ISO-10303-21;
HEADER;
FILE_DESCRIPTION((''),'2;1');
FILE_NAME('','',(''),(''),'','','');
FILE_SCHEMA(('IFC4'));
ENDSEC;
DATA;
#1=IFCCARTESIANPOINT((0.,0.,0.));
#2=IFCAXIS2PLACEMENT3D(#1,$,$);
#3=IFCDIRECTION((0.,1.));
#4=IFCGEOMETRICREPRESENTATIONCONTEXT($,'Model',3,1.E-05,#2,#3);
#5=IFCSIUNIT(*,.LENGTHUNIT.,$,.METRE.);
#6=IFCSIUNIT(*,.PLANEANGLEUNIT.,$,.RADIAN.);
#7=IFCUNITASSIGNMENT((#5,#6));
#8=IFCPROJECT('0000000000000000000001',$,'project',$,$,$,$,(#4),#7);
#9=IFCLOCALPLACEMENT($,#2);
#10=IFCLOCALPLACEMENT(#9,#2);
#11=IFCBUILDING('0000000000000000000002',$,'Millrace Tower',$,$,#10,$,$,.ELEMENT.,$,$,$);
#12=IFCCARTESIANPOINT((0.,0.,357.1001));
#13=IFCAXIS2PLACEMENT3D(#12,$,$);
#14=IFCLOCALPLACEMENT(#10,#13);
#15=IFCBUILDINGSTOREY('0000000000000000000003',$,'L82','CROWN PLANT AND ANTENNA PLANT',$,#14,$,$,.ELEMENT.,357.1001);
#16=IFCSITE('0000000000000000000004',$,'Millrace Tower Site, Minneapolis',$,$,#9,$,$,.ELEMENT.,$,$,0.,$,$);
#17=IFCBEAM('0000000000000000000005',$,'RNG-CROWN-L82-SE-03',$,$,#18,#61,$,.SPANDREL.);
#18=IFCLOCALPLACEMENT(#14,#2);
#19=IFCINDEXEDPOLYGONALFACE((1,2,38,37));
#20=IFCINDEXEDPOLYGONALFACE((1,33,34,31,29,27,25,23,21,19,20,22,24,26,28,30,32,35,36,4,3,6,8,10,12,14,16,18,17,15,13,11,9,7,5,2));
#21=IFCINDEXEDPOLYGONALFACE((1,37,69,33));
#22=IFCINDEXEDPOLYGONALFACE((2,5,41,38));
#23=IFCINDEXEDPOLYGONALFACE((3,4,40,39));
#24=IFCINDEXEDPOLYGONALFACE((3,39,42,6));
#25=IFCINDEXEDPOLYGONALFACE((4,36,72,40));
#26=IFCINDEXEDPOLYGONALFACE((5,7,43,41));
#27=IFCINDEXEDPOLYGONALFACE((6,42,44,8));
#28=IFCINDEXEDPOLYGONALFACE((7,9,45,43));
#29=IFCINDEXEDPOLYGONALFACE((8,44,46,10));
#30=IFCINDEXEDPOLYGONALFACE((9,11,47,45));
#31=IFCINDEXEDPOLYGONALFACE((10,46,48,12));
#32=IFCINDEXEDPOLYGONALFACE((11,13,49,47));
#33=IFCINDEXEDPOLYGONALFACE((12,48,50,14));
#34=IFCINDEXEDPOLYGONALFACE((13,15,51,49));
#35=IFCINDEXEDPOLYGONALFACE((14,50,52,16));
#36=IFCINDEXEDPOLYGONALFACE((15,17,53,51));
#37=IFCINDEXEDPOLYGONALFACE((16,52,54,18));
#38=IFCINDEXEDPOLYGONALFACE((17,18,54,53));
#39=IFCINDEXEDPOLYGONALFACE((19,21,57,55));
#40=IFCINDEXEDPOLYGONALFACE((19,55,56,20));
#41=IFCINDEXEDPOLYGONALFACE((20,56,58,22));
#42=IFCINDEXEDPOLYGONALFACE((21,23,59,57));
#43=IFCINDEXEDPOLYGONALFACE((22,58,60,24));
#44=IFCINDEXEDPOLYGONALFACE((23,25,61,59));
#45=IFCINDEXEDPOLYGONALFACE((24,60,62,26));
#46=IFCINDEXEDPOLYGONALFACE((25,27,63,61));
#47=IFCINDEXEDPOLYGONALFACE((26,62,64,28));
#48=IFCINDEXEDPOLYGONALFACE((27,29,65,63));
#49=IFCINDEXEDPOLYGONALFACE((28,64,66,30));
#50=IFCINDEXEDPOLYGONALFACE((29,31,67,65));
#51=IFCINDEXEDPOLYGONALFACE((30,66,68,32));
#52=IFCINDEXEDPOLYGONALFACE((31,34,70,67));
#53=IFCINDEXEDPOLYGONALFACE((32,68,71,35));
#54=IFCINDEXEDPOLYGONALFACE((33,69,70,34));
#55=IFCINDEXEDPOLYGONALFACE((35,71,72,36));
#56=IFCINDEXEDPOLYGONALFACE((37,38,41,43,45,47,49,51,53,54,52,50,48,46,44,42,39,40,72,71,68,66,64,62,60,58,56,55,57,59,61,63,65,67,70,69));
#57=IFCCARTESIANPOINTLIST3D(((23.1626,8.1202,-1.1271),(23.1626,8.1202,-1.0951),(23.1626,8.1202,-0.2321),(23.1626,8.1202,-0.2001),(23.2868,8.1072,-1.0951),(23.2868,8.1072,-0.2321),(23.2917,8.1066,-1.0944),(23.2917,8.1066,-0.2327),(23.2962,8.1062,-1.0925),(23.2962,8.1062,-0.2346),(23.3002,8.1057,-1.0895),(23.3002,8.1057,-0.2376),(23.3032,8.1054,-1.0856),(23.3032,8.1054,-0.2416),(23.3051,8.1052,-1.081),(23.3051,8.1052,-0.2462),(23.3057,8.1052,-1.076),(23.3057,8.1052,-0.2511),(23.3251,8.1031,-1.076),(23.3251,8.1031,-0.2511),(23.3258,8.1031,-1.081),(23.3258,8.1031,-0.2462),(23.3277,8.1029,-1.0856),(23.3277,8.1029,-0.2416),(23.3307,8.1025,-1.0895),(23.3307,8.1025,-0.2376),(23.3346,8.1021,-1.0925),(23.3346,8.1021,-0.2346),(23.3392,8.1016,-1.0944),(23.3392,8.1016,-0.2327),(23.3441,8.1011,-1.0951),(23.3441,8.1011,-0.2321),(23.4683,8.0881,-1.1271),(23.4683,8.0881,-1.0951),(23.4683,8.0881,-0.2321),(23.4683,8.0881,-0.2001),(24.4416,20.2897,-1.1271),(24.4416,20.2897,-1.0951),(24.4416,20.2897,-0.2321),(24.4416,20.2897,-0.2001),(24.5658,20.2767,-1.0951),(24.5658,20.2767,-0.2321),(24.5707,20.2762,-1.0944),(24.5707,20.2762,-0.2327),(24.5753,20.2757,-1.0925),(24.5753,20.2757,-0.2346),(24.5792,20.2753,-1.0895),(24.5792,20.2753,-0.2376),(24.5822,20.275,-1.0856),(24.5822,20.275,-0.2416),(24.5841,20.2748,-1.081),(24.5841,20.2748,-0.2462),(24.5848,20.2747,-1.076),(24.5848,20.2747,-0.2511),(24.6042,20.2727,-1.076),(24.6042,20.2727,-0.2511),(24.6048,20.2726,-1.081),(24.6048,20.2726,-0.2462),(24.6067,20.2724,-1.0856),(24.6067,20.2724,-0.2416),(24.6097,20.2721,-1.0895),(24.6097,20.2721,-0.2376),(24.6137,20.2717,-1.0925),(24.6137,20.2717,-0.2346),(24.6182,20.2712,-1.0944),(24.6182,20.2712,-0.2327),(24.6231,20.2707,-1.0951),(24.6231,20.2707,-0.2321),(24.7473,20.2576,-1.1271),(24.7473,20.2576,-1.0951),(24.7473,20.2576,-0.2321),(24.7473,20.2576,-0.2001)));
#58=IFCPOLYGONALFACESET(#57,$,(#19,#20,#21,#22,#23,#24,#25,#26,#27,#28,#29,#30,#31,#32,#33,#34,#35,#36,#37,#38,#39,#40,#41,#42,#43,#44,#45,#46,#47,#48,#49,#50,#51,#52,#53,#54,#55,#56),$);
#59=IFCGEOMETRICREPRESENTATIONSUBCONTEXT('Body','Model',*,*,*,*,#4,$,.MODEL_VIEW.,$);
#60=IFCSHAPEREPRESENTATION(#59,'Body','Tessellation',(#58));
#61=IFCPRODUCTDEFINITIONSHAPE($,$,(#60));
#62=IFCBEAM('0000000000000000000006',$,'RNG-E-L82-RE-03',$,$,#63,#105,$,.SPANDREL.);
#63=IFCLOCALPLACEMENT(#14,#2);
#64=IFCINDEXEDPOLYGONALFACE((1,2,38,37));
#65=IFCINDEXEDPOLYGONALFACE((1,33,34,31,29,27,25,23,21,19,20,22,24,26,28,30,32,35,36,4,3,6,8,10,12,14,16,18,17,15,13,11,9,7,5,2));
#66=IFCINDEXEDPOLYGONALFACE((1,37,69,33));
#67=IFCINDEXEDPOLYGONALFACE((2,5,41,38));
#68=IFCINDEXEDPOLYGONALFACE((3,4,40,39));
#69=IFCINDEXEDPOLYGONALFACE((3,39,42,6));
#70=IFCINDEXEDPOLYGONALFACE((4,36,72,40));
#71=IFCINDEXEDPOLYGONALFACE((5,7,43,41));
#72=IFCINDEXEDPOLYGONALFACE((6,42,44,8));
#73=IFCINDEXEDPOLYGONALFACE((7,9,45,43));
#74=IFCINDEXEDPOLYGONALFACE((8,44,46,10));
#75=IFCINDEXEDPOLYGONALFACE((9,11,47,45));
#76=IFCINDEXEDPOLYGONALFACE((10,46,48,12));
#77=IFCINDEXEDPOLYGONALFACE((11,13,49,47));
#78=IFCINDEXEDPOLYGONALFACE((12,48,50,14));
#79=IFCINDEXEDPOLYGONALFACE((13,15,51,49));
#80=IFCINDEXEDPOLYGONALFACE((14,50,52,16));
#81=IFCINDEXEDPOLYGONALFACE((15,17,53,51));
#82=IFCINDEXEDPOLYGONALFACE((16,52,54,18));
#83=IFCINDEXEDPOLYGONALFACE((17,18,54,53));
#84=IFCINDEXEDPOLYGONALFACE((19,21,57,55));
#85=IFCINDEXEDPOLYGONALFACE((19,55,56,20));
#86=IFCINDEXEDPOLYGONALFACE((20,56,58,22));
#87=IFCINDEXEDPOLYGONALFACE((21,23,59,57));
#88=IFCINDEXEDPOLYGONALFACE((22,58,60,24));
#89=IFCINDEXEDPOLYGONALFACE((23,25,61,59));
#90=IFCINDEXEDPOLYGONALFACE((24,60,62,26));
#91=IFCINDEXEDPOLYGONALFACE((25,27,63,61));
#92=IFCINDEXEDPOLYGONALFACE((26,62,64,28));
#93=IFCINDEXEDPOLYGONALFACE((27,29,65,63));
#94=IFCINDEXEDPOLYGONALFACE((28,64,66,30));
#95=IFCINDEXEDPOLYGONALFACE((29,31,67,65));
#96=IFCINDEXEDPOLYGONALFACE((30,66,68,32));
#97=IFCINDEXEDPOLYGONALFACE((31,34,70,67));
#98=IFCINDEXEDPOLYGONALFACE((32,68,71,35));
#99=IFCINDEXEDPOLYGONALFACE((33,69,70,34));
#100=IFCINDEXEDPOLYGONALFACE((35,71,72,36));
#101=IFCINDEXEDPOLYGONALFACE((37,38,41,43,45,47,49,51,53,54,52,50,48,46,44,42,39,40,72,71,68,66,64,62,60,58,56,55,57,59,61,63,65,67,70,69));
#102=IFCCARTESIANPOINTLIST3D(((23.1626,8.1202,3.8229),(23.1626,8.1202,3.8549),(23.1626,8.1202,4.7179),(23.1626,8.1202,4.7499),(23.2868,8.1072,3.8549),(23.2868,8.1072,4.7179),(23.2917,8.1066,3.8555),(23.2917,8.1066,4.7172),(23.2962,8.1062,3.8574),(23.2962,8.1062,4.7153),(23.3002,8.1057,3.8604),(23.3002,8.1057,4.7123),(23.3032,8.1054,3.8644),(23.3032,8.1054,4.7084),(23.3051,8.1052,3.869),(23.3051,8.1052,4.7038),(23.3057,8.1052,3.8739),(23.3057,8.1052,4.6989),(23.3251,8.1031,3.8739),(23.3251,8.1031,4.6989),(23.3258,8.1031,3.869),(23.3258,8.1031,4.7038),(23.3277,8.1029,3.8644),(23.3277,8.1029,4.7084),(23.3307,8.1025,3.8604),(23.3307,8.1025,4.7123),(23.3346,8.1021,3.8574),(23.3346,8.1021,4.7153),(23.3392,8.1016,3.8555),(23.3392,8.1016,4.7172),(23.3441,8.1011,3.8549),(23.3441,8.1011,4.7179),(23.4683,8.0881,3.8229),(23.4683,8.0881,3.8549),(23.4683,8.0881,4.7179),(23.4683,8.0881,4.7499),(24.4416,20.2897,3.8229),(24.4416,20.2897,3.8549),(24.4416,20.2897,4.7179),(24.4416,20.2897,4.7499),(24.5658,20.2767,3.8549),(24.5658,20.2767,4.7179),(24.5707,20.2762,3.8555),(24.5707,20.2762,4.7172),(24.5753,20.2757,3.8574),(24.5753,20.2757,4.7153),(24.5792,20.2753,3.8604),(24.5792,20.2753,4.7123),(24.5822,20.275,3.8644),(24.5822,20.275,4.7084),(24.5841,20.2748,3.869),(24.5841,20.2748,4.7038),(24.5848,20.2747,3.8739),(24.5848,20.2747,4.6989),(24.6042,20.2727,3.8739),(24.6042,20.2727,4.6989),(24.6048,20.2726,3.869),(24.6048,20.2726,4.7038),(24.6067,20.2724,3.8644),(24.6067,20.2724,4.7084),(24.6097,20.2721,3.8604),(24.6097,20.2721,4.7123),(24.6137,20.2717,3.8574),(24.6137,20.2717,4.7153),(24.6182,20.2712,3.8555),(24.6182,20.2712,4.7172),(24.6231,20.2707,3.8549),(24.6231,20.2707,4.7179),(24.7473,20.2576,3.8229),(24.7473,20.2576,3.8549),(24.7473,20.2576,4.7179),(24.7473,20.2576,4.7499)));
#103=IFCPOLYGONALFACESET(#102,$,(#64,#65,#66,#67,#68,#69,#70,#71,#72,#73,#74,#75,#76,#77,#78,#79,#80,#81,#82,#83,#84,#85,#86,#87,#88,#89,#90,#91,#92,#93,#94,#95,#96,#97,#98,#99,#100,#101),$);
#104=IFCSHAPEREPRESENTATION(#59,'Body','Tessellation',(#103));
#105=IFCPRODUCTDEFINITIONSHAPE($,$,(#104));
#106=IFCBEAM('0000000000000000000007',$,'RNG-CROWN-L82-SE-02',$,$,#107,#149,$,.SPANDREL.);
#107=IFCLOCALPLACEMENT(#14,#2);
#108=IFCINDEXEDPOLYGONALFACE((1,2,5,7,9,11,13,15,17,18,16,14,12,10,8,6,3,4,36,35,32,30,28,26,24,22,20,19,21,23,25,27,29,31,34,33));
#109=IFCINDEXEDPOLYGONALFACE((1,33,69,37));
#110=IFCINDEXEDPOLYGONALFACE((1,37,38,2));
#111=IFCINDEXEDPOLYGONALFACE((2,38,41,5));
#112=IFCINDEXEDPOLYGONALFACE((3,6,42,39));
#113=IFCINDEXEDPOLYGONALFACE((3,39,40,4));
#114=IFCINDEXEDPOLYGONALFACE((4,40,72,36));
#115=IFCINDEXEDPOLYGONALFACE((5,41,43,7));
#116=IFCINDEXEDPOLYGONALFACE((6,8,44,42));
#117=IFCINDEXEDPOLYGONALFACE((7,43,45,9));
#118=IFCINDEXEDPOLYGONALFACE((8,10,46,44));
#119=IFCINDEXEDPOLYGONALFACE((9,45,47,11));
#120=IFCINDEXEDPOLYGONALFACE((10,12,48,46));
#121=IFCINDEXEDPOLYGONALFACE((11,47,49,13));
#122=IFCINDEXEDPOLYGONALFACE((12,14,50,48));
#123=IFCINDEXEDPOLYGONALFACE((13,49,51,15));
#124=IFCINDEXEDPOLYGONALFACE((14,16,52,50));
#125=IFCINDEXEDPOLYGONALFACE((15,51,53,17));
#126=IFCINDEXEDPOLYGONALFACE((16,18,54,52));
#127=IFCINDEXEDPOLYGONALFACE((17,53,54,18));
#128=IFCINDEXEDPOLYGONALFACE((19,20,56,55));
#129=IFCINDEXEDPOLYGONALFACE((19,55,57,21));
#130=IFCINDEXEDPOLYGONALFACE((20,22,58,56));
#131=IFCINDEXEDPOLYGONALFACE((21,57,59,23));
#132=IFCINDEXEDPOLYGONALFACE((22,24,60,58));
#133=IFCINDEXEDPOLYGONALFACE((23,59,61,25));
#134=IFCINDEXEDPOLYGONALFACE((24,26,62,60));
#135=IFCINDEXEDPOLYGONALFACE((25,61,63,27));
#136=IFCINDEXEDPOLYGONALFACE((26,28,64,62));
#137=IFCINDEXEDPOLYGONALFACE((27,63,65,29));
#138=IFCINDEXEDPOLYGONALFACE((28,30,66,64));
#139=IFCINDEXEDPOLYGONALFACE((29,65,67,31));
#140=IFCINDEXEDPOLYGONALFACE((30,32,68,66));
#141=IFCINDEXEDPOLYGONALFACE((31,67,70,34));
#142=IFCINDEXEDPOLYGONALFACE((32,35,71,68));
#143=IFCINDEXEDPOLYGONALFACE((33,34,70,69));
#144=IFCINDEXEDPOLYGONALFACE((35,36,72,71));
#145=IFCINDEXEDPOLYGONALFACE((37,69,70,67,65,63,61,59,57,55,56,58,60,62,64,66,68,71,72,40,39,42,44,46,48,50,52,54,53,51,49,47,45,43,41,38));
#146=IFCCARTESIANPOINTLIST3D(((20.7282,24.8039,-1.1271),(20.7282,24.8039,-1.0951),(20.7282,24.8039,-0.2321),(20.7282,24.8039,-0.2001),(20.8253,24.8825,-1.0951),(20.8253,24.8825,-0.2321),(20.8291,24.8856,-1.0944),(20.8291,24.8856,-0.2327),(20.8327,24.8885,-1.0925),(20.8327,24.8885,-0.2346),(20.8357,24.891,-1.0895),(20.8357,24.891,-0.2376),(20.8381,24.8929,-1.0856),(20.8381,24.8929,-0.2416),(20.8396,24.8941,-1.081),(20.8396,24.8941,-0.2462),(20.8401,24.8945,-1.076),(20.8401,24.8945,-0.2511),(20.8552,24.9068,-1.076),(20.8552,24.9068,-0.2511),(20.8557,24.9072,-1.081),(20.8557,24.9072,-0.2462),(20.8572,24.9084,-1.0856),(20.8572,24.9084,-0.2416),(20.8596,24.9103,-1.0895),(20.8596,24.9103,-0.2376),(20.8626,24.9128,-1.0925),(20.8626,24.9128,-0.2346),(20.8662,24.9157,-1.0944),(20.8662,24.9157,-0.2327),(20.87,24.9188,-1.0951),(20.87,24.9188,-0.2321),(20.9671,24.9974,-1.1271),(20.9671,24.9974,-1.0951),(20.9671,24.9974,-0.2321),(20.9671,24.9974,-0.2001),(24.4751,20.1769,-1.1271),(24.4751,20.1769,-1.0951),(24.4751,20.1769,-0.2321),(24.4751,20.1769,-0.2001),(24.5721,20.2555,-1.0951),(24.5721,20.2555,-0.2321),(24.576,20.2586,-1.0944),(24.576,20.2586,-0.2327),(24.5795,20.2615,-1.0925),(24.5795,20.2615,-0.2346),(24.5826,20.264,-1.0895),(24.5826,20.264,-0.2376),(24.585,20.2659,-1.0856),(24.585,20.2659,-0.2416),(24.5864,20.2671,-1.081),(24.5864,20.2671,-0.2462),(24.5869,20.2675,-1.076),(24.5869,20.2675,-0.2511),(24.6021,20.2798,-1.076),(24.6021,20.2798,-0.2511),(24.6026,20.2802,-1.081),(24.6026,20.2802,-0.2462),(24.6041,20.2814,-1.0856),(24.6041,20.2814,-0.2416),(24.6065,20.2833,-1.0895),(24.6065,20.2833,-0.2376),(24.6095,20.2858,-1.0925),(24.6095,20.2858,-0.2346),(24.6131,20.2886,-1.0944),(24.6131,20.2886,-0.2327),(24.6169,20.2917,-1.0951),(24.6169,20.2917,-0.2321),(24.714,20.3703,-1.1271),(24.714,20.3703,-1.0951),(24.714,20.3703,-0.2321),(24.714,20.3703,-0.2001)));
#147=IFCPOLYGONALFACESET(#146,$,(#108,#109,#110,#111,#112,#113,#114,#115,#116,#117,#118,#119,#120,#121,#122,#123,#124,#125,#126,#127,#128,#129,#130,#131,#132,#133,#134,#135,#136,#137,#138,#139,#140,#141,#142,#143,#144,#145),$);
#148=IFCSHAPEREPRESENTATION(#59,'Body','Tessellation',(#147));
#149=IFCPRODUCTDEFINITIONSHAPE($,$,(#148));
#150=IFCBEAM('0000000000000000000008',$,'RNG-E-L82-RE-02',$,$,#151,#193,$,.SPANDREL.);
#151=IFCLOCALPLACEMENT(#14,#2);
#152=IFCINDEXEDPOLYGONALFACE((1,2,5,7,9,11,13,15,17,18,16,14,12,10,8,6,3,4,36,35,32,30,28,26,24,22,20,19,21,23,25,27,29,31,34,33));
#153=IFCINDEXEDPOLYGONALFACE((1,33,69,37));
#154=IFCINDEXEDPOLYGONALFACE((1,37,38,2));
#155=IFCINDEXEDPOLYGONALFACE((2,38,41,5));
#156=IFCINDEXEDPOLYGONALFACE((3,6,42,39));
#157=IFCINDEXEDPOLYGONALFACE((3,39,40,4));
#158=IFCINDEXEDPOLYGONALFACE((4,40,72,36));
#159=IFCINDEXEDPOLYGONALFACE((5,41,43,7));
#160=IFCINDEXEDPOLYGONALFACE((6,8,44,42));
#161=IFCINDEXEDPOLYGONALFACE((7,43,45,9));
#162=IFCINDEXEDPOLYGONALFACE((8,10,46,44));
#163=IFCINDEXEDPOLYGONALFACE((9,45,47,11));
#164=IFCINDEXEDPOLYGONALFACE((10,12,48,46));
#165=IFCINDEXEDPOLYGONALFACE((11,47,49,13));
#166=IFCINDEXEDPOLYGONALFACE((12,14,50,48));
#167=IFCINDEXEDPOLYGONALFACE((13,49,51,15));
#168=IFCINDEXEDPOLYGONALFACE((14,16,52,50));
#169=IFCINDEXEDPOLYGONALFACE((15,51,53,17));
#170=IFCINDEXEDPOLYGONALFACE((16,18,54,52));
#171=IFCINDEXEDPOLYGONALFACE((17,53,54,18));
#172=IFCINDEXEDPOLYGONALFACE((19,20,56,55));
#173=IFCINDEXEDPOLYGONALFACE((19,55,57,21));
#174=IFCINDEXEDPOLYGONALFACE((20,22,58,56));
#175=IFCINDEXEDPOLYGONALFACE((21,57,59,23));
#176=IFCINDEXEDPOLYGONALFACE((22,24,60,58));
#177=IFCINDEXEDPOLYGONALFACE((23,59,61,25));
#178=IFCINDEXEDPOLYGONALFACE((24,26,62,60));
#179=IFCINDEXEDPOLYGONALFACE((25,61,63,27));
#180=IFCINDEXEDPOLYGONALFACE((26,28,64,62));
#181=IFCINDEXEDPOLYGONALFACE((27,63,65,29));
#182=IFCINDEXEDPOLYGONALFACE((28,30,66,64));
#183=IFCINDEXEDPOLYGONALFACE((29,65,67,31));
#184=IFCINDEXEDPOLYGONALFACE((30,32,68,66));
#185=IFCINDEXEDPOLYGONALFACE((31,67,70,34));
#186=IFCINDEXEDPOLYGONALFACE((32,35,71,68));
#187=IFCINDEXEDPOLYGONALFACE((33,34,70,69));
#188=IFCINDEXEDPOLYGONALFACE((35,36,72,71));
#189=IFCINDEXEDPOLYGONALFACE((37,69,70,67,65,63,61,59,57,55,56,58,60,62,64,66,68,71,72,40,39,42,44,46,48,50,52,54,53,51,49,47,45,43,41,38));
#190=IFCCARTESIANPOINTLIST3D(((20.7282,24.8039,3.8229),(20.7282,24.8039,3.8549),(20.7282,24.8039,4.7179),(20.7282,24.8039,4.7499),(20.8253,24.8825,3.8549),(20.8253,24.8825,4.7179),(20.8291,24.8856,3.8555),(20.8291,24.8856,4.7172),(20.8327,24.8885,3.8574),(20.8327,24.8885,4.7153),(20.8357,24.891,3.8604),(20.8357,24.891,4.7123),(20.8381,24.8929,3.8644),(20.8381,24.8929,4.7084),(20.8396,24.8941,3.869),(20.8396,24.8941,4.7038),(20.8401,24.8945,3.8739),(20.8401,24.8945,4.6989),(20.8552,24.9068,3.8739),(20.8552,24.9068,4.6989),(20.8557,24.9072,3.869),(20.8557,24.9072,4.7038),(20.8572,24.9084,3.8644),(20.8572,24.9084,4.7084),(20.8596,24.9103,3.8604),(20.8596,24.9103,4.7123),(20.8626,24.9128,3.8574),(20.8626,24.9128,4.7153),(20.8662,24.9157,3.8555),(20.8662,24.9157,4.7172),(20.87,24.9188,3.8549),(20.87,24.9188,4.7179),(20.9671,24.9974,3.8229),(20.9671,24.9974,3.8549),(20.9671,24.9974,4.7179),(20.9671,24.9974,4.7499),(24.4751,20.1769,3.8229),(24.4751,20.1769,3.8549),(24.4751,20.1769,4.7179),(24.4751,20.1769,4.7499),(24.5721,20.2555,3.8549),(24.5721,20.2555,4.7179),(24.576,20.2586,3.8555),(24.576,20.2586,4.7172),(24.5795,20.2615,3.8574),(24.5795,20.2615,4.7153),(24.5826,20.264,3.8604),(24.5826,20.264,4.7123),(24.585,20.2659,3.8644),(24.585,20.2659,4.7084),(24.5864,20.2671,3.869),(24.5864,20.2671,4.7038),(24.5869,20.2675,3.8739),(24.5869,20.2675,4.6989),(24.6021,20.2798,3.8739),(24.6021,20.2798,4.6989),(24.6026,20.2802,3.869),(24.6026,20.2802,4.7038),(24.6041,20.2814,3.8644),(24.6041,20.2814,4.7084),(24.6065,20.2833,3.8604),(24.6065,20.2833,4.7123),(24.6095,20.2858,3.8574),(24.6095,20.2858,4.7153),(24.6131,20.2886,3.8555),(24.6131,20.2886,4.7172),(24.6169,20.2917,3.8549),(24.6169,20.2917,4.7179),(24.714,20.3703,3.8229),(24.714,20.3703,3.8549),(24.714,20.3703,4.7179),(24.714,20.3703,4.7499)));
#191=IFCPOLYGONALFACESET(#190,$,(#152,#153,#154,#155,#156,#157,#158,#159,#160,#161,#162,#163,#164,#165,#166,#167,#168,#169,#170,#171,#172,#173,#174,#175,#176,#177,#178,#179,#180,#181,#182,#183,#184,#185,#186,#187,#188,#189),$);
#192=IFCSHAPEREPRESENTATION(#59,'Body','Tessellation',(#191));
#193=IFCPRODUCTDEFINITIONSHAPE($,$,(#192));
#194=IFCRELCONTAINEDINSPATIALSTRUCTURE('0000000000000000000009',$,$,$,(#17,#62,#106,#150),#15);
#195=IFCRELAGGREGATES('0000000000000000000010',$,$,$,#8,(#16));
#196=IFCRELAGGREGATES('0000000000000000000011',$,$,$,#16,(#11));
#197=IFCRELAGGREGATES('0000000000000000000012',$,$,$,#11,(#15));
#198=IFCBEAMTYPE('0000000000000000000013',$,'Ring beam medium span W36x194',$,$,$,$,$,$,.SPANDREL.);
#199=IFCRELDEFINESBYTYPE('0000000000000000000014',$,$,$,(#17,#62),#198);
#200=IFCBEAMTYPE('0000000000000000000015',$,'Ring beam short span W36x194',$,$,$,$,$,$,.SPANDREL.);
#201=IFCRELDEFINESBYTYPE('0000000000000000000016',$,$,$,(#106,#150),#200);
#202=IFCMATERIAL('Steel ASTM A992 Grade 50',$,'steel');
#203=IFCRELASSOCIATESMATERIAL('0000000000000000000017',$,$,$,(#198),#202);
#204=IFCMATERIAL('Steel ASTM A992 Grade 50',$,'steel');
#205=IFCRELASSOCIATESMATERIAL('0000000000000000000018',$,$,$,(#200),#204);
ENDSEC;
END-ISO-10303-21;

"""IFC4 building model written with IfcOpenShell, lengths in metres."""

from ifc_helpers import new_model, si_unit, direction, frame, origin, origin_2d, place, context, subcontext, project, spatial, i_section, extrude, material, material_profile, profile_set, type_object, element, save


model = new_model("IFC4")

# Units and contexts
model_context = context("Model", 3, precision=1e-05, world=origin(), true_north=direction((0.0, 1.0)))
body_context = subcontext(model_context, "Body", "Model", "MODEL_VIEW")
ifc_project = project(units=[si_unit("LENGTHUNIT", "METRE"), si_unit("PLANEANGLEUNIT", "RADIAN")], contexts=[model_context])

# Site, building, storey
site_placement = place(None, origin())
site = spatial("IfcSite", under=ifc_project, at=site_placement, Name="Millrace Tower Site, Minneapolis", CompositionType="ELEMENT", RefElevation=0.0)
building_placement = place(site_placement, origin())
building = spatial("IfcBuilding", under=site, at=building_placement, Name="Millrace Tower", CompositionType="ELEMENT")
storey_placement = place(building_placement, frame((0.0, 0.0, 357.1001)))
storey = spatial("IfcBuildingStorey", under=building, at=storey_placement, Name="L82", Description="CROWN PLANT AND ANTENNA PLANT", CompositionType="ELEMENT", Elevation=357.1001)

# Beams
ifc_material_1 = material(Name="Steel ASTM A992 Grade 50", Category="steel")
ifc_material_profile_1 = material_profile(ifc_material_1, i_section(OverallWidth=0.3074, OverallDepth=0.927, WebThickness=0.0195, FlangeThickness=0.032, FilletRadius=0.019, at=origin_2d()))
ifc_profile_set_1 = profile_set([ifc_material_profile_1], Name="Steel ASTM A992 Grade 50")
beam_type_1 = type_object("IfcBeamType", Name="Ring beam medium span W36x194", PredefinedType="SPANDREL", material=ifc_profile_set_1)
for number, where, z_axis, x_axis, name in (
    (1, (24.5945, 20.2737, -0.6636), (-0.104528, -0.994522, 0.0), (0.994522, -0.104528, 0.0), "RNG-CROWN-L82-SE-03"),
    (2, (24.5945, 20.2737, 4.2864), (-0.104528, -0.994522, 0.0), (0.994522, -0.104528, 0.0), "RNG-E-L82-RE-03"),
):
    element("IfcBeam", number, at=place(storey_placement, frame(where, z_axis=z_axis, x_axis=x_axis)), inside=storey, type_object=beam_type_1, Name=name, PredefinedType="SPANDREL", context=body_context, shape_type="SweptSolid", body=[
        extrude(i_section(OverallWidth=0.3074, OverallDepth=0.927, WebThickness=0.0195, FlangeThickness=0.032, FilletRadius=0.019, at=origin_2d()), origin(), (0.0, 0.0, 1.0), 12.2366),
    ])
ifc_material_2 = material(Name="Steel ASTM A992 Grade 50", Category="steel")
ifc_material_profile_2 = material_profile(ifc_material_2, i_section(OverallWidth=0.3074, OverallDepth=0.927, WebThickness=0.0195, FlangeThickness=0.032, FilletRadius=0.019, at=origin_2d()))
ifc_profile_set_2 = profile_set([ifc_material_profile_2], Name="Steel ASTM A992 Grade 50")
beam_type_2 = type_object("IfcBeamType", Name="Ring beam short span W36x194", PredefinedType="SPANDREL", material=ifc_profile_set_2)
for number, where, z_axis, x_axis, name in (
    (3, (20.8477, 24.9006, -0.6636), (0.62932, -0.777147, 0.0), (0.777147, 0.62932, 0.0), "RNG-CROWN-L82-SE-02"),
    (4, (20.8477, 24.9006, 4.2864), (0.62932, -0.777147, 0.0), (0.777147, 0.62932, 0.0), "RNG-E-L82-RE-02"),
):
    element("IfcBeam", number, at=place(storey_placement, frame(where, z_axis=z_axis, x_axis=x_axis)), inside=storey, type_object=beam_type_2, Name=name, PredefinedType="SPANDREL", context=body_context, shape_type="SweptSolid", body=[
        extrude(i_section(OverallWidth=0.3074, OverallDepth=0.927, WebThickness=0.0195, FlangeThickness=0.032, FilletRadius=0.019, at=origin_2d()), origin(), (0.0, 0.0, 1.0), 5.9539),
    ])

save(model, "model.ifc")
